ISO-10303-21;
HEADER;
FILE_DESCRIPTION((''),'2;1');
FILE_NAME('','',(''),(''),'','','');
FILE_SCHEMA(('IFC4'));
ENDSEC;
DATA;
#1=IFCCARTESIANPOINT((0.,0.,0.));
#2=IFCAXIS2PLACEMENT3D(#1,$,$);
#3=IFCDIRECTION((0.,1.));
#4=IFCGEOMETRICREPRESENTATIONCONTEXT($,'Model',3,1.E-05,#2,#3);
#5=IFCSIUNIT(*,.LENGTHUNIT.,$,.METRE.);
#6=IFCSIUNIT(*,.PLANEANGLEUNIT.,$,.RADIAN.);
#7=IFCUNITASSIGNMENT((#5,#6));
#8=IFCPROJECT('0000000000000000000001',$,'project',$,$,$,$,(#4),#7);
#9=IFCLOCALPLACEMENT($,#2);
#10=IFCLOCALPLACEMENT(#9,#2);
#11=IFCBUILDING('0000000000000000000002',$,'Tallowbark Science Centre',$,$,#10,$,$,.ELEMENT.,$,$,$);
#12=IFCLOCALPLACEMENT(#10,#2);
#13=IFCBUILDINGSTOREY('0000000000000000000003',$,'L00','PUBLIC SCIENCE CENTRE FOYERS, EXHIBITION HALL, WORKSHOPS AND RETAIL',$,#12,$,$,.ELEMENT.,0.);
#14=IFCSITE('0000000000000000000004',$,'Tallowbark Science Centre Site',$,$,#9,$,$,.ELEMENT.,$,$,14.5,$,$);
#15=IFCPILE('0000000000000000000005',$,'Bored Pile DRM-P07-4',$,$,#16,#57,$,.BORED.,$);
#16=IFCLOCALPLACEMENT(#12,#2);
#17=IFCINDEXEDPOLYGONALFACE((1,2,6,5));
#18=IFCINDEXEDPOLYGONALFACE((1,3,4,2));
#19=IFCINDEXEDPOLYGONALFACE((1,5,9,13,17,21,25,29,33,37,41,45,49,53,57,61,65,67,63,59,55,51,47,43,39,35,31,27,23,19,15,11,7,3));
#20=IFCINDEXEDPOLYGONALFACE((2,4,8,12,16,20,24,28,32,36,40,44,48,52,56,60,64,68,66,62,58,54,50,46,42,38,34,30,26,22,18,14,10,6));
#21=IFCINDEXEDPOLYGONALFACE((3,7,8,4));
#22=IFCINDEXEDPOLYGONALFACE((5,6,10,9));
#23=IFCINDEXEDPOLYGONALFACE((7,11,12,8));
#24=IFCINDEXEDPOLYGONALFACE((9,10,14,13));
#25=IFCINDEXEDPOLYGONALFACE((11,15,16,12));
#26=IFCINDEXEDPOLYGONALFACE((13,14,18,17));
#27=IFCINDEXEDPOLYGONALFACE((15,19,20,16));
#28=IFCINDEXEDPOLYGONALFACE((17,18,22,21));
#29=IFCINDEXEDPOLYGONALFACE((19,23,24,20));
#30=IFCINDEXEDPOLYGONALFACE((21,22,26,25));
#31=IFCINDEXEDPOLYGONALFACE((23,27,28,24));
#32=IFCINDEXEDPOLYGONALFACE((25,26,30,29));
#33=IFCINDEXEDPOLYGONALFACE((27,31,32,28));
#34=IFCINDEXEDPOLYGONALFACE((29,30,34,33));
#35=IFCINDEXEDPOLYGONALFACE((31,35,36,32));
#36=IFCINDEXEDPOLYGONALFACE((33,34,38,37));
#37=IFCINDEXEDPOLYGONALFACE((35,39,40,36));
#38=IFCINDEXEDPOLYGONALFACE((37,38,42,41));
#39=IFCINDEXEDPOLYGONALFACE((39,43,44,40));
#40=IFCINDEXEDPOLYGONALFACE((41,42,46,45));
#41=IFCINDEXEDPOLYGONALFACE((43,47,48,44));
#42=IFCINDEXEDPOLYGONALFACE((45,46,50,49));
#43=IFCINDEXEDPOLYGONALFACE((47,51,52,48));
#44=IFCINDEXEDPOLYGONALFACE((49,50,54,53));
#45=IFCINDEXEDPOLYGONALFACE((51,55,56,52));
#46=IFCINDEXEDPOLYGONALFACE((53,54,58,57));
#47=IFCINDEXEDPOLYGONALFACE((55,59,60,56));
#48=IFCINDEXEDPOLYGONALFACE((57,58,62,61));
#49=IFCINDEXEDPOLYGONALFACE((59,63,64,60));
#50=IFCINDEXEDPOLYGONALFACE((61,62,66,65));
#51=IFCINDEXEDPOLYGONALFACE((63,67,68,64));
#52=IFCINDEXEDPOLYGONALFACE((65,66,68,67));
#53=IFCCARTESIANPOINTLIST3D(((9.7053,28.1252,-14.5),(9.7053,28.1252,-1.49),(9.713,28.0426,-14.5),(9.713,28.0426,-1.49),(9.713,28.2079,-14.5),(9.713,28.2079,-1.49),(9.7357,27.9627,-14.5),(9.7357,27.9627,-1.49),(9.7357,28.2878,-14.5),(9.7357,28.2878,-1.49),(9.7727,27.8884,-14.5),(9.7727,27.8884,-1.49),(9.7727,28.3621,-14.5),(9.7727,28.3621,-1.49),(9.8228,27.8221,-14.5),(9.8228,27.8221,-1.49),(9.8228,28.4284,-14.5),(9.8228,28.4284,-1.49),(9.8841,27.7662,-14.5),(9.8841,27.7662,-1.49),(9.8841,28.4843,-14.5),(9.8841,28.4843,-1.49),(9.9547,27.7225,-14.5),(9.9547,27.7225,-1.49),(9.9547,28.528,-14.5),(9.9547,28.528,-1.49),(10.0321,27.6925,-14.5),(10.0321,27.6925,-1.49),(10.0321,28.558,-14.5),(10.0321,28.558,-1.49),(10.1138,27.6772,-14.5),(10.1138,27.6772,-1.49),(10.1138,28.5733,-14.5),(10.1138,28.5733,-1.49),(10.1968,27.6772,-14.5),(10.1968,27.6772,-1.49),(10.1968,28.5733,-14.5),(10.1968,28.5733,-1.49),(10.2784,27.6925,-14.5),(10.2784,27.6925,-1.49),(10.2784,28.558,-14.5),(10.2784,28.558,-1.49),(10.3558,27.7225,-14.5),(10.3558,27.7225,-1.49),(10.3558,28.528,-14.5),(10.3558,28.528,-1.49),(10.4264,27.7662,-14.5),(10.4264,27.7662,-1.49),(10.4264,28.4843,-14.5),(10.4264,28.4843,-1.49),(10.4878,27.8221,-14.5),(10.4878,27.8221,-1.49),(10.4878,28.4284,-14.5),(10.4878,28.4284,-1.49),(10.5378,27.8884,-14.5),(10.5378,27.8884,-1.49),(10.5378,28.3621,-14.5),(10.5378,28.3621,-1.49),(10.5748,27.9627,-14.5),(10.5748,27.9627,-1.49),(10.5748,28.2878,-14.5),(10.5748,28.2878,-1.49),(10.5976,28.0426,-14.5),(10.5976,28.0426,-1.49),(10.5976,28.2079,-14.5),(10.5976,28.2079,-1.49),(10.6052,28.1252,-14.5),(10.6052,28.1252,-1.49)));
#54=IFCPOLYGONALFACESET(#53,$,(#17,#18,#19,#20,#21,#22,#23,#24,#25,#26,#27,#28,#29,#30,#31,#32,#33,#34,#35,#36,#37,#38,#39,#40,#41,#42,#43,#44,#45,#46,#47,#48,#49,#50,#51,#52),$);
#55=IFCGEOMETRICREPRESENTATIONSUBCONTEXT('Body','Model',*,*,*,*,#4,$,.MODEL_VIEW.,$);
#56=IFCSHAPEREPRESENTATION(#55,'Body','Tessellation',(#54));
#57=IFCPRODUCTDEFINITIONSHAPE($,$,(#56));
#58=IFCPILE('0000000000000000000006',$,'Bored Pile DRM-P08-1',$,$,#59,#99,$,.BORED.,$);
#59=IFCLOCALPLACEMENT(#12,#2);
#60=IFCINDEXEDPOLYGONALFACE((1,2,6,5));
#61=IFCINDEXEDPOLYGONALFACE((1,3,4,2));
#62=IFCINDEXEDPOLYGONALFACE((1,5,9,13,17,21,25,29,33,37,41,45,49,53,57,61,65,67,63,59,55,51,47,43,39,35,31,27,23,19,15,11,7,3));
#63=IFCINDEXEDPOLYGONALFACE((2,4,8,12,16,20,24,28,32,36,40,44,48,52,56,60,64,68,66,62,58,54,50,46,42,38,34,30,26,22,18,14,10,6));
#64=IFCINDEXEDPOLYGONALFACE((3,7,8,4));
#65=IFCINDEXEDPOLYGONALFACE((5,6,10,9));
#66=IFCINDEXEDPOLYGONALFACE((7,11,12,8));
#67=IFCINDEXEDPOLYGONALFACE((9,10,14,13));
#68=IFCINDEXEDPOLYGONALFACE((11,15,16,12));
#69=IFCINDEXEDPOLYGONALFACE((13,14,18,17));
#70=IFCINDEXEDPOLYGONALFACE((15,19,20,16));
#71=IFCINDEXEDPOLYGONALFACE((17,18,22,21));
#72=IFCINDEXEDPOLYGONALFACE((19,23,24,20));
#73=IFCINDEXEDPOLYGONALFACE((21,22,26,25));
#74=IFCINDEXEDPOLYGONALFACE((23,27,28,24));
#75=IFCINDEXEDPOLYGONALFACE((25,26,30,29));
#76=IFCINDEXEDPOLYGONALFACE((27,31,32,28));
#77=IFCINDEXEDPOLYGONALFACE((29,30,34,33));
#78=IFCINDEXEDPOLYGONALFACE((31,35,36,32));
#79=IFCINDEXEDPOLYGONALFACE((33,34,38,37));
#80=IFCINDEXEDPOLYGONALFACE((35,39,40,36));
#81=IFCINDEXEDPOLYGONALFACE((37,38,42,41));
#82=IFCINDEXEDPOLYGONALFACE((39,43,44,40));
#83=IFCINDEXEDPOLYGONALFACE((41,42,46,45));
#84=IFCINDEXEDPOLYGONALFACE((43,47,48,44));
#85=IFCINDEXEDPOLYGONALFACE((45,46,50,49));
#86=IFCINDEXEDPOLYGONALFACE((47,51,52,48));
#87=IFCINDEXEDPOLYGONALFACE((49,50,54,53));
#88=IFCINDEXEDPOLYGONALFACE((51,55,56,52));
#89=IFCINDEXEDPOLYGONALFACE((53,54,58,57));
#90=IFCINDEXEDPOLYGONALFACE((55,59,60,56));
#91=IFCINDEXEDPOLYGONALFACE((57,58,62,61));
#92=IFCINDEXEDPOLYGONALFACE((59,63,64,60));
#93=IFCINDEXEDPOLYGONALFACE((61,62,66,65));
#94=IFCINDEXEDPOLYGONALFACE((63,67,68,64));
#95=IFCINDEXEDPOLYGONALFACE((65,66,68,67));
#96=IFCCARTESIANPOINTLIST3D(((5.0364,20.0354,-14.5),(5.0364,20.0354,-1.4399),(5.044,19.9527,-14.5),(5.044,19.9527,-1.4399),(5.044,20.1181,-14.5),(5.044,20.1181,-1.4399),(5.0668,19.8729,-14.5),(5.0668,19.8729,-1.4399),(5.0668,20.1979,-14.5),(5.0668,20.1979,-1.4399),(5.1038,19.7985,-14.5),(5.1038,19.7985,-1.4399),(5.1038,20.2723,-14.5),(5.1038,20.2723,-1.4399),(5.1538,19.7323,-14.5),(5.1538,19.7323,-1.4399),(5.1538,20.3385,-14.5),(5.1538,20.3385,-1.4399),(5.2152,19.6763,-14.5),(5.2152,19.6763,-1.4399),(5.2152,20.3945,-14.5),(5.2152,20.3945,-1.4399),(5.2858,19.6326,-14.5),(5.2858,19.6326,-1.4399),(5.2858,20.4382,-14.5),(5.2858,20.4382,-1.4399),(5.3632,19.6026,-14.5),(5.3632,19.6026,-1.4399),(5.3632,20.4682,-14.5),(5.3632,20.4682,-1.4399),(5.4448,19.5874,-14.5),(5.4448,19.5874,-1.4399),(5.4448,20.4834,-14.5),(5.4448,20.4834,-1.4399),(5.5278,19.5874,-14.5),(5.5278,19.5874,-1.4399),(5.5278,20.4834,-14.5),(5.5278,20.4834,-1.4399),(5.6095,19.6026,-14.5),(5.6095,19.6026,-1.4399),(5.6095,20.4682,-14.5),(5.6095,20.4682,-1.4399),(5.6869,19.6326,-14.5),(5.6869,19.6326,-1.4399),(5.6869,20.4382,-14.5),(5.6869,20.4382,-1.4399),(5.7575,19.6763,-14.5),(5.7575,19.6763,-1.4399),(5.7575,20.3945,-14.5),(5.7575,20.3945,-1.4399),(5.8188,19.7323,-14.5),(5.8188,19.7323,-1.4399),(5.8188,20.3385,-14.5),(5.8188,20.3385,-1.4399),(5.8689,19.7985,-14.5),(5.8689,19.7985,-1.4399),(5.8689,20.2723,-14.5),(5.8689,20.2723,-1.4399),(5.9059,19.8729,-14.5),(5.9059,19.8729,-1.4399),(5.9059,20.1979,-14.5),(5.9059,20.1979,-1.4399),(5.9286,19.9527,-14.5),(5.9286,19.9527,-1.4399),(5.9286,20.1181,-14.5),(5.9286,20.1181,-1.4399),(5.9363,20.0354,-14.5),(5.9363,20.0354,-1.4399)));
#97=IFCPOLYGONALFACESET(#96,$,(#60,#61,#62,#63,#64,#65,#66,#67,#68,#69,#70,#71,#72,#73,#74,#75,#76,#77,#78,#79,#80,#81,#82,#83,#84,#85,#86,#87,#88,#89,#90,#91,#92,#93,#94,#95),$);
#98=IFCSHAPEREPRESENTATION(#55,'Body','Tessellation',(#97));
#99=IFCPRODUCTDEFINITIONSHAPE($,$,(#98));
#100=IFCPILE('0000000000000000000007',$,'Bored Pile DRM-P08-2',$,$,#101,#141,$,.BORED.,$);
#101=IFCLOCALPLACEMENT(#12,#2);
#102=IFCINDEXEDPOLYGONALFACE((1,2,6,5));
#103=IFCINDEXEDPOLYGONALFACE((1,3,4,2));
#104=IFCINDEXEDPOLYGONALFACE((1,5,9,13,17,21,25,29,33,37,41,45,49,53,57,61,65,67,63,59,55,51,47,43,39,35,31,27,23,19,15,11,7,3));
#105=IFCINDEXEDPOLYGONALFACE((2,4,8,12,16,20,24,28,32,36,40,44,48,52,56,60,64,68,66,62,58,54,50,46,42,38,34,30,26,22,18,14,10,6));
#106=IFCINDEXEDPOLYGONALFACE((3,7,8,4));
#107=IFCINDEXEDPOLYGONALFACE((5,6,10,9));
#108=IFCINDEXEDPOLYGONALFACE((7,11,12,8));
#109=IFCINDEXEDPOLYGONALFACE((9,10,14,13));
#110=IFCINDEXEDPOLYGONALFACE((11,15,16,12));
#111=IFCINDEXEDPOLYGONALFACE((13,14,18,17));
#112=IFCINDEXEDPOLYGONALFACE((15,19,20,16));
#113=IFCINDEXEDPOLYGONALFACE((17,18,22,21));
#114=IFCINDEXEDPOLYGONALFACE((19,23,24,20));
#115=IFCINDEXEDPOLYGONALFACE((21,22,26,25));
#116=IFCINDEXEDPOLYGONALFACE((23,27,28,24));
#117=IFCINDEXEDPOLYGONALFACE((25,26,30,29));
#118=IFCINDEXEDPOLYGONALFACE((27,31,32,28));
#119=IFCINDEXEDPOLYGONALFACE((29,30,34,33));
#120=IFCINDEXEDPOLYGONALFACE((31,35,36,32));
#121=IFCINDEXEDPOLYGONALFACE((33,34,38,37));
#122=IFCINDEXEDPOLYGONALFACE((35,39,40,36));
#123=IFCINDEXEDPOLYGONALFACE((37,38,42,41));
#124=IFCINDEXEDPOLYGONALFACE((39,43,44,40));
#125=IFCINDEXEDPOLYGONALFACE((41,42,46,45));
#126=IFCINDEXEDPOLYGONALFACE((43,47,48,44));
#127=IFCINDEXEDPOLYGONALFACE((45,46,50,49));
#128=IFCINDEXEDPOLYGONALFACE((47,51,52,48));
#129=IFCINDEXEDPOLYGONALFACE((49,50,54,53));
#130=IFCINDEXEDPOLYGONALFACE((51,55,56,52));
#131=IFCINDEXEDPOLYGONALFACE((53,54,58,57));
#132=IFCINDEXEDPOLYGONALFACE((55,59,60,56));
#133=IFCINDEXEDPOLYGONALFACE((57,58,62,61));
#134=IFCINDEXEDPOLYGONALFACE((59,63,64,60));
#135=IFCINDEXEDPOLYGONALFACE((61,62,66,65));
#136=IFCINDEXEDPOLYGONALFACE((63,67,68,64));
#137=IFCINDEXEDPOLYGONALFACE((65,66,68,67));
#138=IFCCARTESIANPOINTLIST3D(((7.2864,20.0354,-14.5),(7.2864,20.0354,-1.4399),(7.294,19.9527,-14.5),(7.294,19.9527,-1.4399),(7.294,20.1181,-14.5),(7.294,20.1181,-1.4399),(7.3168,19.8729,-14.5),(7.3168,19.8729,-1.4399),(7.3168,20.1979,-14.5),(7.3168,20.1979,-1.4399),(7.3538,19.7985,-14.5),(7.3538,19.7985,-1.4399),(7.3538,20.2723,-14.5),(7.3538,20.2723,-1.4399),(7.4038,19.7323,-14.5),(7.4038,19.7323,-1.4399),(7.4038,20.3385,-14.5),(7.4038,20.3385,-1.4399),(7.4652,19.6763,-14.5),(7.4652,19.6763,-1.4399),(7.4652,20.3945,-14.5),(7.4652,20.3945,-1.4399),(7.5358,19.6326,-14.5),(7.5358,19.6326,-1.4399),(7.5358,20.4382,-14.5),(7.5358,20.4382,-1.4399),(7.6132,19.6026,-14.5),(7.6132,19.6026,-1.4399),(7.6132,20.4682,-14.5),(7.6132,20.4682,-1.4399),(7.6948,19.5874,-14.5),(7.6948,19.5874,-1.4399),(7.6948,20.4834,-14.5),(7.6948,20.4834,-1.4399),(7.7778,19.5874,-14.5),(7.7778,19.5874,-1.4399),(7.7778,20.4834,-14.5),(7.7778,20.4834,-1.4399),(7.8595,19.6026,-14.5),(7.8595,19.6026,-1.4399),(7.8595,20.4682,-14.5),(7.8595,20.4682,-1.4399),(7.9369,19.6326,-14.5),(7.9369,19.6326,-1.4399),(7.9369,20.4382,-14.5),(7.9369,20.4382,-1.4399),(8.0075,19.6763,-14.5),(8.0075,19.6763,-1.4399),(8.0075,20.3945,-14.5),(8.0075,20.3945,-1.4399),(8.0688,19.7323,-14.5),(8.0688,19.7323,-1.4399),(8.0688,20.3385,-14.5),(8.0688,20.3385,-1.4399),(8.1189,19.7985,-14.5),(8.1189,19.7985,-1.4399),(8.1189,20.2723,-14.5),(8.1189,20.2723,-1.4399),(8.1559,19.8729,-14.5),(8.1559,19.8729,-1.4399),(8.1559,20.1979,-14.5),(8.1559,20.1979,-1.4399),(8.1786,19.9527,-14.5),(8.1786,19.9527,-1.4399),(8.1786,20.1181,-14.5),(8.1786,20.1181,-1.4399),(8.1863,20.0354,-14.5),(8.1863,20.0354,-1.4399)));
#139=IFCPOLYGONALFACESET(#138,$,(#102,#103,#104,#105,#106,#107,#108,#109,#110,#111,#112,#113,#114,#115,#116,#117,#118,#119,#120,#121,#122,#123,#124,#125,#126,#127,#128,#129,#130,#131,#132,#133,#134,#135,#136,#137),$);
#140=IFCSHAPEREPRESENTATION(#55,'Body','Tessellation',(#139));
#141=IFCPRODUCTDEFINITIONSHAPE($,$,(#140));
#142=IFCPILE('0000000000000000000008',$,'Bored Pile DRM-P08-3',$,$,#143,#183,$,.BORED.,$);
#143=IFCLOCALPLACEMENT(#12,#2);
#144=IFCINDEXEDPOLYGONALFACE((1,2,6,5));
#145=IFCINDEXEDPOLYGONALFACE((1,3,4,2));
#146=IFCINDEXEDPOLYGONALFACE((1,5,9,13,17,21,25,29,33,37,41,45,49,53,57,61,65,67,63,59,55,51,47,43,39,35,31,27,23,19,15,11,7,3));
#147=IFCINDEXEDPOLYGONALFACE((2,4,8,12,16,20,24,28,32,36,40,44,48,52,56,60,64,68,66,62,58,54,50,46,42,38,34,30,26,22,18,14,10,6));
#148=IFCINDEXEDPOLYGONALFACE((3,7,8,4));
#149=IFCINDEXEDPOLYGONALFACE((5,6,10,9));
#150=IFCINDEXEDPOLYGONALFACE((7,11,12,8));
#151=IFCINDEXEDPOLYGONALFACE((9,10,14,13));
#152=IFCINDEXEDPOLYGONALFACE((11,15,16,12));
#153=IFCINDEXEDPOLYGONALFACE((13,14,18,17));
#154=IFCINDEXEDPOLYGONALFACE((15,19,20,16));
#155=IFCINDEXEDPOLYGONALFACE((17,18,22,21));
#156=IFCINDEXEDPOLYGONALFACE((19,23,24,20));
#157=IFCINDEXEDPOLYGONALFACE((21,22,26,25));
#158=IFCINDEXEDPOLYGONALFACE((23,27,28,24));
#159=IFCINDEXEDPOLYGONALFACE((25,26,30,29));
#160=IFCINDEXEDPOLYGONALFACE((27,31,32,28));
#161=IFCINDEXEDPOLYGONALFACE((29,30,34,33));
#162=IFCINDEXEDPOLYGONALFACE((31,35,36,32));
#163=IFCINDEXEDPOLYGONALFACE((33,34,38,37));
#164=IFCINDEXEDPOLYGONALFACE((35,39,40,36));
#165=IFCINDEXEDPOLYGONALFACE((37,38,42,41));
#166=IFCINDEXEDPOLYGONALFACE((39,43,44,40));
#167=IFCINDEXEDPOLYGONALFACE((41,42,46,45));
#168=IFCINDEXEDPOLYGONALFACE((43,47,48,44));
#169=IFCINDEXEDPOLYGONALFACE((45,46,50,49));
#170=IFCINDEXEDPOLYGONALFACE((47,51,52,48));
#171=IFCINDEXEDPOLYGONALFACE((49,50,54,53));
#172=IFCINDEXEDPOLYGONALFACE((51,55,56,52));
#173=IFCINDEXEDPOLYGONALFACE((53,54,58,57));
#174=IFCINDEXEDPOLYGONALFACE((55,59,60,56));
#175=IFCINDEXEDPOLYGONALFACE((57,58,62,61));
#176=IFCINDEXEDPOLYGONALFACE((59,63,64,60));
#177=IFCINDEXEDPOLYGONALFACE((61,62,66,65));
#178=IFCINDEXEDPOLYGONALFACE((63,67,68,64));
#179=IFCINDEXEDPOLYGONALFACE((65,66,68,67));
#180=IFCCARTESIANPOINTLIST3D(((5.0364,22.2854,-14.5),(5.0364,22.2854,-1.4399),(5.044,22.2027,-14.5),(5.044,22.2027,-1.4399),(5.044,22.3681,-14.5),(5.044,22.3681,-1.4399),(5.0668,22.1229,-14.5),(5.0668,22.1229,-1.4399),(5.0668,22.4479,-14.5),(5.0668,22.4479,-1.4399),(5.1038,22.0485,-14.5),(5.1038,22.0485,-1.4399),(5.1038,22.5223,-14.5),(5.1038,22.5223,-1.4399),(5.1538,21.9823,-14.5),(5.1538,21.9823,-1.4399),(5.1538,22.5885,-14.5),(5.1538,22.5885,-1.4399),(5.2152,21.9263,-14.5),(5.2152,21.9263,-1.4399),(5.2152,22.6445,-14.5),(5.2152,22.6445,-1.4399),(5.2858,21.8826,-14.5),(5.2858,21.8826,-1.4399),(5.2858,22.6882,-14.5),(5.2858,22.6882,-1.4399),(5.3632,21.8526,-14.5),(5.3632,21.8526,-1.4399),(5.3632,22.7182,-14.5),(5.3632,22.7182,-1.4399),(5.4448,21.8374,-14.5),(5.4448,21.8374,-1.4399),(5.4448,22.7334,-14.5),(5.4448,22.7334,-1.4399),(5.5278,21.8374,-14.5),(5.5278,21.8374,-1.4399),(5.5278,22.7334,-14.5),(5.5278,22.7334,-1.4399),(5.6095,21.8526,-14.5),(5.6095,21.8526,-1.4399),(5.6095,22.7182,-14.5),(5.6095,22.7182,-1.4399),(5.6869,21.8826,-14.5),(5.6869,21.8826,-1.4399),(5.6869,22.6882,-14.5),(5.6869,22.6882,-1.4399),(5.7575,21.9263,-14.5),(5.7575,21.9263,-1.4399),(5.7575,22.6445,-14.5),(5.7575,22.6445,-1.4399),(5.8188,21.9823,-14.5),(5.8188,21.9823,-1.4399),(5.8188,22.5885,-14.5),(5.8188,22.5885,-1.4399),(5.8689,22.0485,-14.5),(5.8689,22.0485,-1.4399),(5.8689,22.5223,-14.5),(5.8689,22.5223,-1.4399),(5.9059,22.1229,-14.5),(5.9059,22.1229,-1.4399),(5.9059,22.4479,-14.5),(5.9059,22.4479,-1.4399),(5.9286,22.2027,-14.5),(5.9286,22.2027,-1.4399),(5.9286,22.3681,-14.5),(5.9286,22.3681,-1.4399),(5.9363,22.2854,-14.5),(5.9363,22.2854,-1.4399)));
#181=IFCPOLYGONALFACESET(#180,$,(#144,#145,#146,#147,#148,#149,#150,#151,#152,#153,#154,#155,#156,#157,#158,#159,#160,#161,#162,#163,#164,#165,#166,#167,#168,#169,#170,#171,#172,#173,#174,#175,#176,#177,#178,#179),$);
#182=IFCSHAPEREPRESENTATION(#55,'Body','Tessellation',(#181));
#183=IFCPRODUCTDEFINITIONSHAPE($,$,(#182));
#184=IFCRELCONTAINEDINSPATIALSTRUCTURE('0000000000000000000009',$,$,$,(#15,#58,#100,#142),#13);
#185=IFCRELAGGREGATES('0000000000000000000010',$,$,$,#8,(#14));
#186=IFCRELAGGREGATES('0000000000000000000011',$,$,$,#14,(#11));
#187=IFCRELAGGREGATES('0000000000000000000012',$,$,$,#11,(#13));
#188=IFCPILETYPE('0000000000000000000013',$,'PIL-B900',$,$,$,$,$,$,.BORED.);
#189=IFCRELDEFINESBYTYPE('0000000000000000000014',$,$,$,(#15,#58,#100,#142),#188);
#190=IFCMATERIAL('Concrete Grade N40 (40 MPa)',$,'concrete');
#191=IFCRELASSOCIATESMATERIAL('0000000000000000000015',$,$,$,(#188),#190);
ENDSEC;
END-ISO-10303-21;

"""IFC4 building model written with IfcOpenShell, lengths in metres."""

from ifc_helpers import new_model, si_unit, direction, frame, origin, origin_2d, place, context, subcontext, project, spatial, circle, extrude, material, material_profile, profile_set, type_object, element, save


model = new_model("IFC4")

# Units and contexts
model_context = context("Model", 3, precision=1e-05, world=origin(), true_north=direction((0.0, 1.0)))
body_context = subcontext(model_context, "Body", "Model", "MODEL_VIEW")
ifc_project = project(units=[si_unit("LENGTHUNIT", "METRE"), si_unit("PLANEANGLEUNIT", "RADIAN")], contexts=[model_context])

# Site, building, storey
site_placement = place(None, origin())
site = spatial("IfcSite", under=ifc_project, at=site_placement, Name="Tallowbark Science Centre Site", CompositionType="ELEMENT", RefElevation=14.5)
building_placement = place(site_placement, origin())
building = spatial("IfcBuilding", under=site, at=building_placement, Name="Tallowbark Science Centre", CompositionType="ELEMENT")
storey_placement = place(building_placement, origin())
storey = spatial("IfcBuildingStorey", under=building, at=storey_placement, Name="L00", Description="PUBLIC SCIENCE CENTRE FOYERS, EXHIBITION HALL, WORKSHOPS AND RETAIL", CompositionType="ELEMENT", Elevation=0.0)

# Shared definitions
ifc_material_1 = material(Name="Concrete Grade N40 (40 MPa)", Category="concrete")

# Piles
ifc_material_profile_1 = material_profile(ifc_material_1, circle(Radius=0.45, at=origin_2d()), Name="PILE900")
ifc_profile_set_1 = profile_set([ifc_material_profile_1], Name="Concrete Grade N40 (40 MPa)")
pile_type_1 = type_object("IfcPileType", Name="PIL-B900", PredefinedType="BORED", material=ifc_profile_set_1)
for number, where, z_axis, x_axis, name in (
    (1, (10.1553, 28.1252, -1.49), (0.0, 0.0, -1.0), (1.0, 0.0, 0.0), "Bored Pile DRM-P07-4"),
):
    element("IfcPile", number, at=place(storey_placement, frame(where, z_axis=z_axis, x_axis=x_axis)), inside=storey, type_object=pile_type_1, Name=name, PredefinedType="BORED", context=body_context, shape_type="SweptSolid", body=[
        extrude(circle(Radius=0.45, at=origin_2d()), origin(), (0.0, 0.0, 1.0), 13.01),
    ])
for number, where, z_axis, x_axis, name in (
    (2, (5.4863, 20.0354, -1.4399), (0.0, 0.0, -1.0), (1.0, 0.0, 0.0), "Bored Pile DRM-P08-1"),
    (3, (7.7363, 20.0354, -1.4399), (0.0, 0.0, -1.0), (1.0, 0.0, 0.0), "Bored Pile DRM-P08-2"),
    (4, (5.4863, 22.2854, -1.4399), (0.0, 0.0, -1.0), (1.0, 0.0, 0.0), "Bored Pile DRM-P08-3"),
):
    element("IfcPile", number, at=place(storey_placement, frame(where, z_axis=z_axis, x_axis=x_axis)), inside=storey, type_object=pile_type_1, Name=name, PredefinedType="BORED", context=body_context, shape_type="SweptSolid", body=[
        extrude(circle(Radius=0.45, at=origin_2d()), origin(), (0.0, 0.0, 1.0), 13.0601),
    ])

save(model, "model.ifc")
